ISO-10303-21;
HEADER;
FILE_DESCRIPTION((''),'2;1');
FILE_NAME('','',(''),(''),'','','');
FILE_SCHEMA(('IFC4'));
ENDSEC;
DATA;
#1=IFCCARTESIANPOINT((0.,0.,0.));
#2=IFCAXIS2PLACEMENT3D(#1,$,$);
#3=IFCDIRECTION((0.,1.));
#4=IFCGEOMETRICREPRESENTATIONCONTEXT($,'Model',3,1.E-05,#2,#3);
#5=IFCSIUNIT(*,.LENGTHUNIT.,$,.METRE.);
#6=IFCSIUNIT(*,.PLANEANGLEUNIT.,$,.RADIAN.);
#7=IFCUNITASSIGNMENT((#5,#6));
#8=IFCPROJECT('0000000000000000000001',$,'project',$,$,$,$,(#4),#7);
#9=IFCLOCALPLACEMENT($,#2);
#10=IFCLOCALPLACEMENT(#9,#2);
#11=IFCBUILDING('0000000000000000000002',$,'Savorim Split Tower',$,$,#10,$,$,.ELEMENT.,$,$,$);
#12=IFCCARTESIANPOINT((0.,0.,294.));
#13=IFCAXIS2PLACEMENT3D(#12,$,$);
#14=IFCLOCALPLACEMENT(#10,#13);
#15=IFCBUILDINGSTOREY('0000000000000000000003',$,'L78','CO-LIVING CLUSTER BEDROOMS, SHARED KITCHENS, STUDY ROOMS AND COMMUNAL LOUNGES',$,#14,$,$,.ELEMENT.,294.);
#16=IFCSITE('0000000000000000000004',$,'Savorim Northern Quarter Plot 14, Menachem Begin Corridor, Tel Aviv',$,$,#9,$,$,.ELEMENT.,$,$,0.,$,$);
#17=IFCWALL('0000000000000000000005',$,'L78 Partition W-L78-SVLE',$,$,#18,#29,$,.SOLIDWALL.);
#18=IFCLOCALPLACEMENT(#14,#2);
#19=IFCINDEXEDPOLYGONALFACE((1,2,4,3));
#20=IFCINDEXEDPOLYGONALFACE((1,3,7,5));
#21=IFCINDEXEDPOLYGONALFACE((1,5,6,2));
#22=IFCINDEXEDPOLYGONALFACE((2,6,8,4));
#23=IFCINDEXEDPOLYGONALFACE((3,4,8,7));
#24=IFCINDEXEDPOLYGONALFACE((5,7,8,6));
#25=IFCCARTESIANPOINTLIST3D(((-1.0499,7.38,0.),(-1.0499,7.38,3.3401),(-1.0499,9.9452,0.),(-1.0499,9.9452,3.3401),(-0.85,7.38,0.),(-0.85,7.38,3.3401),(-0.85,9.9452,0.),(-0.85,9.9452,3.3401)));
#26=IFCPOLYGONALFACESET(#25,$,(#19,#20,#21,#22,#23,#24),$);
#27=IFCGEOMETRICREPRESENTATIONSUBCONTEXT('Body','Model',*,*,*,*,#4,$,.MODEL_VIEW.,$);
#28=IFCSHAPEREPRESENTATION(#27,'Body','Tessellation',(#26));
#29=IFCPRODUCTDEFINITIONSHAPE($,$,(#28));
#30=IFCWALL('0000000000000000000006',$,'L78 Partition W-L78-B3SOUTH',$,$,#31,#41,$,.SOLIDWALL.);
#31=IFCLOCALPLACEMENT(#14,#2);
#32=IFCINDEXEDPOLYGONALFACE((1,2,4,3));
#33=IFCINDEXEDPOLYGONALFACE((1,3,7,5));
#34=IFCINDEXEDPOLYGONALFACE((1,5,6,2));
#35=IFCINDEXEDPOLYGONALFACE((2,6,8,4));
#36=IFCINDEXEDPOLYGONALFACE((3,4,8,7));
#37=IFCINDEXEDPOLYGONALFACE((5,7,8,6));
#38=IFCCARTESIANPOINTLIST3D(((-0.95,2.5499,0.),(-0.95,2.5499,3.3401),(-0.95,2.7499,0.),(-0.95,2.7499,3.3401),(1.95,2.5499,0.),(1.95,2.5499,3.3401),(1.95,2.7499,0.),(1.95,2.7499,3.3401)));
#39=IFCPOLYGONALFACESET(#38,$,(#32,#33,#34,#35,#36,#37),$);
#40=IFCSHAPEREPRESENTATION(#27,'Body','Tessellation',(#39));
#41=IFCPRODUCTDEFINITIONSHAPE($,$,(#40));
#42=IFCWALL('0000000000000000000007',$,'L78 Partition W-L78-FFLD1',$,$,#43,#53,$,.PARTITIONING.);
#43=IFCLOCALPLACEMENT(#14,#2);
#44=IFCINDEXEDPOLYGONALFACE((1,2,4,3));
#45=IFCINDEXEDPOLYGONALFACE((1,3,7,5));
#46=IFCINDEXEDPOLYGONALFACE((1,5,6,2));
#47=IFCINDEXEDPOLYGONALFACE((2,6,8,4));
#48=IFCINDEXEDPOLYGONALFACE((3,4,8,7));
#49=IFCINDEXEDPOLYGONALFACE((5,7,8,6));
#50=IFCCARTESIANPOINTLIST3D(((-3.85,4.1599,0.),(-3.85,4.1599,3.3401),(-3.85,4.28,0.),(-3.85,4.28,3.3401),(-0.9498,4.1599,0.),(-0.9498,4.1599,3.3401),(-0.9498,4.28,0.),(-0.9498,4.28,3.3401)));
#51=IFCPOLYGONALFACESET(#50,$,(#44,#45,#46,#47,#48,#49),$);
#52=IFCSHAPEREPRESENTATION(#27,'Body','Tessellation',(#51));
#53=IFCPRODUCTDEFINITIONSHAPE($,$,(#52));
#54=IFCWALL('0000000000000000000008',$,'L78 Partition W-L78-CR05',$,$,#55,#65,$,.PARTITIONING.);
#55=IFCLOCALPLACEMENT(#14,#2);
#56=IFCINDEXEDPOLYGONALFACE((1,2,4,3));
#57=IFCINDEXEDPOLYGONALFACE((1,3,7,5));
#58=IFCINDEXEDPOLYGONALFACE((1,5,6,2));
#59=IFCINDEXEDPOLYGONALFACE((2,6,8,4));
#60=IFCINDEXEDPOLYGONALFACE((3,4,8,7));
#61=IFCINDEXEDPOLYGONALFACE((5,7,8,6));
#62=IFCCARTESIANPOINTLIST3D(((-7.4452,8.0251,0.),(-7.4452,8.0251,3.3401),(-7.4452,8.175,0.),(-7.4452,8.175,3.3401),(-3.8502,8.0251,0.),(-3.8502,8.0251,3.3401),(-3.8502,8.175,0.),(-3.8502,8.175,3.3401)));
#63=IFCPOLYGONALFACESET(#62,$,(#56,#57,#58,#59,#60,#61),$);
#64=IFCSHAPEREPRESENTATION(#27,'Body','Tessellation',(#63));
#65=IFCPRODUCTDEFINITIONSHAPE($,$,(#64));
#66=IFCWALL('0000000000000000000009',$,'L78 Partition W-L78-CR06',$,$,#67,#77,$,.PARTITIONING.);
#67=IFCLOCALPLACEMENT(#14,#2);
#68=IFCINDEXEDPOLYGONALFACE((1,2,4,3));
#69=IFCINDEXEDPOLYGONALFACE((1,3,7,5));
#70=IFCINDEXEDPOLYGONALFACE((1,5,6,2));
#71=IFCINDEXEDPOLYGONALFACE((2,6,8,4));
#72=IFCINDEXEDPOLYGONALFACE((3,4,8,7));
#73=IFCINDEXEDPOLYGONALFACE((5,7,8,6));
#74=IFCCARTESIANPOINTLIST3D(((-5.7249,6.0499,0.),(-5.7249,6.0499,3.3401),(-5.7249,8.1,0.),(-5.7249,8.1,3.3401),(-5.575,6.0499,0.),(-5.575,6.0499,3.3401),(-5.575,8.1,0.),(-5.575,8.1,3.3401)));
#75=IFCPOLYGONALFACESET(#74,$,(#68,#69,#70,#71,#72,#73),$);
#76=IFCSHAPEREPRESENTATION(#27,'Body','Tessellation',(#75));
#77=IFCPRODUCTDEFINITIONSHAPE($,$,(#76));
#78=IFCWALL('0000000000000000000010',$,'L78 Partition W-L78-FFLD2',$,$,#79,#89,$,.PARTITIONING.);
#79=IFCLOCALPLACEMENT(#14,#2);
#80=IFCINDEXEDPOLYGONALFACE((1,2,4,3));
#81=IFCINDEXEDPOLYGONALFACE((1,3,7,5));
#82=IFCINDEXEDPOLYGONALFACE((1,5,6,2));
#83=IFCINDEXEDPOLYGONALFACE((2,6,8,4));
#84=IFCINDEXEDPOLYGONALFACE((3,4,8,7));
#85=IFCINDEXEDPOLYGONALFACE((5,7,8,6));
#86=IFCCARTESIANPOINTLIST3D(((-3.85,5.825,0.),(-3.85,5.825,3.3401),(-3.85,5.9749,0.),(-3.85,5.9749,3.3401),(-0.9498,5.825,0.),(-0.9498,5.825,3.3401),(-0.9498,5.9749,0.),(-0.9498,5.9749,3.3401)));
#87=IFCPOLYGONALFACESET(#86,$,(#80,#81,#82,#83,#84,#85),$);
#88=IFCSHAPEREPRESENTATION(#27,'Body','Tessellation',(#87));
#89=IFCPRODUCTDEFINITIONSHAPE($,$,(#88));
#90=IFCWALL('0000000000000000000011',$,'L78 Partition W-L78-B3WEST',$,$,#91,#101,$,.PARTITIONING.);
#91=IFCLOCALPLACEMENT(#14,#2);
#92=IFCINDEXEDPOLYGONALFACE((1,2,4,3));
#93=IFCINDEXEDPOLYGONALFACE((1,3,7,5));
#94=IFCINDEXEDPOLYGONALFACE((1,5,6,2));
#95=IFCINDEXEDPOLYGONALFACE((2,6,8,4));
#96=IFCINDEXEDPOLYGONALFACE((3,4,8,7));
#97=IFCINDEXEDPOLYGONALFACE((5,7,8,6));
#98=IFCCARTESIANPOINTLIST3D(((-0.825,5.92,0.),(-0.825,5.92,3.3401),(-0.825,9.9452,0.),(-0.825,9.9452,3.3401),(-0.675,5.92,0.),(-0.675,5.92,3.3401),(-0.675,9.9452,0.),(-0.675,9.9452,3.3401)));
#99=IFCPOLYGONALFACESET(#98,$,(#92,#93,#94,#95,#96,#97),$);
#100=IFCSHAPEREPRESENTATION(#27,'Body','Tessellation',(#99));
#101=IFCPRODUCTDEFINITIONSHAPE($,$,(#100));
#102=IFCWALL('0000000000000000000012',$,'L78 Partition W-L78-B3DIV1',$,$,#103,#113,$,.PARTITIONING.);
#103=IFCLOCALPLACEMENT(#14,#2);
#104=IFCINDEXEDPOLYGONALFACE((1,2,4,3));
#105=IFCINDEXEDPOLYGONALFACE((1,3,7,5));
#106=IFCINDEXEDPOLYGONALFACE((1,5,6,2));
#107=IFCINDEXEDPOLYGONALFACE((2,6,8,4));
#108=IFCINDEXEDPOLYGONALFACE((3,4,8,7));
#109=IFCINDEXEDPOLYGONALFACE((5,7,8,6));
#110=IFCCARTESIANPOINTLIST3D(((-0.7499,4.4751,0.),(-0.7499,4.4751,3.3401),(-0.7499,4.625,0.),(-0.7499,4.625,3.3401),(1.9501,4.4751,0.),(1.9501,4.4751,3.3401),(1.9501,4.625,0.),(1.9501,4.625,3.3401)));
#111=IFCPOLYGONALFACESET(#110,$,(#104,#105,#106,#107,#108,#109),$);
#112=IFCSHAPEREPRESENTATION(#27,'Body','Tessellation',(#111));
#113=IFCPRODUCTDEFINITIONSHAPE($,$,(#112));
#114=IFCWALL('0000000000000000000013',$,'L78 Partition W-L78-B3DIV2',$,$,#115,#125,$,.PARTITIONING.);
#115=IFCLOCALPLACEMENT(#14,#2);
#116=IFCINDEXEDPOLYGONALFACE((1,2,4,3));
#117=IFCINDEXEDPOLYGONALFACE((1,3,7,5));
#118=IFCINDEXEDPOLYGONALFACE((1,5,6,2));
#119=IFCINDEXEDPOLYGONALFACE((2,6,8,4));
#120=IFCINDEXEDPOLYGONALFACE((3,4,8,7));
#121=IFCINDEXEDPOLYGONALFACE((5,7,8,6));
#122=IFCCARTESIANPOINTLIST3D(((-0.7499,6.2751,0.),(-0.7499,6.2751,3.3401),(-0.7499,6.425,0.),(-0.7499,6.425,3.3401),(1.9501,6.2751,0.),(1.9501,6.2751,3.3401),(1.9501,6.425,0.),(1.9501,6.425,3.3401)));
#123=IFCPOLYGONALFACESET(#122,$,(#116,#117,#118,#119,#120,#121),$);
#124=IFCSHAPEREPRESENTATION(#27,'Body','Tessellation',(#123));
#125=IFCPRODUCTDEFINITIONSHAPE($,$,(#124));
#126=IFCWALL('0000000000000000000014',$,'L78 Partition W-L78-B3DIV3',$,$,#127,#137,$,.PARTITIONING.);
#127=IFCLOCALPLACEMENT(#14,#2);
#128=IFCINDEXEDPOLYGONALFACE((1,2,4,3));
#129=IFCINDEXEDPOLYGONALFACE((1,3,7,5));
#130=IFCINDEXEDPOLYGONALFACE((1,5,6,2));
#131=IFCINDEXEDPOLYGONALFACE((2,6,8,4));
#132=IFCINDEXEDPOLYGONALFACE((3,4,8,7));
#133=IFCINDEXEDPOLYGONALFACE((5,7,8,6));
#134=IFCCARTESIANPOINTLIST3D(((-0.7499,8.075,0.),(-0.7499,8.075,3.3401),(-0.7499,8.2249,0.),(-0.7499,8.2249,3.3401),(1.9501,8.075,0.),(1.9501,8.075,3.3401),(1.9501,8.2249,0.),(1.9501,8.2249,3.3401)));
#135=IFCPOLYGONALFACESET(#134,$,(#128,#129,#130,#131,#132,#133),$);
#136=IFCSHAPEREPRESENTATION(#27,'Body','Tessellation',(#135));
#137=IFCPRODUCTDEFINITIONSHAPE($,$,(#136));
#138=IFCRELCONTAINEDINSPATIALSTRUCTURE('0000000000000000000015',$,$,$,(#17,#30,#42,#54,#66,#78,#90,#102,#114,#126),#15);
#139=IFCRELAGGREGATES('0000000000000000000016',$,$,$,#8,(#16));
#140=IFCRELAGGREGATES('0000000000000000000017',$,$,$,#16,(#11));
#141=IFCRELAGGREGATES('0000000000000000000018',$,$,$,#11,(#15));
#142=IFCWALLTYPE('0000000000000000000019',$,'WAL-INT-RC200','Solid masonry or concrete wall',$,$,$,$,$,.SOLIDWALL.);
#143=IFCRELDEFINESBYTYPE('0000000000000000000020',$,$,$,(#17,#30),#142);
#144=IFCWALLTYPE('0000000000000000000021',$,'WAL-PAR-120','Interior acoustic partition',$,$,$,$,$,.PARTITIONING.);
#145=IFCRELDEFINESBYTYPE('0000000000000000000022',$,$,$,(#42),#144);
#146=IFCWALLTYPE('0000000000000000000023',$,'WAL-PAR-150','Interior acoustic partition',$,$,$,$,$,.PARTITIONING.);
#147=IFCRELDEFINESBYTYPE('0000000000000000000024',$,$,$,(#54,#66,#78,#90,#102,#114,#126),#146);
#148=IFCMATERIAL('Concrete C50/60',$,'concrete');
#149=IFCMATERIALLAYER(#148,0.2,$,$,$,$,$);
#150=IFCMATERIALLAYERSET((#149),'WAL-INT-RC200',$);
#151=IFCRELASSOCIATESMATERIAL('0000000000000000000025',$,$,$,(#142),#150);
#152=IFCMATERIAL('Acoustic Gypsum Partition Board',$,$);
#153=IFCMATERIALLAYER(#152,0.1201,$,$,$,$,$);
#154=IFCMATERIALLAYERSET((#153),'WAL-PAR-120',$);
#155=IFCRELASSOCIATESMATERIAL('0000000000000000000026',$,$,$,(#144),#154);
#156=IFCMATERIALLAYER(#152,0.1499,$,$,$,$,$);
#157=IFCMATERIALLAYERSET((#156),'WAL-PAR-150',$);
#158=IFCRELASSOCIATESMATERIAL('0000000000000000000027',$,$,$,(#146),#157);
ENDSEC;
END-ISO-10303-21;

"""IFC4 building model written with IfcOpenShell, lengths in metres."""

from ifc_helpers import new_model, si_unit, direction, frame, frame_2d, origin, place, context, subcontext, project, spatial, rectangle, extrude, material, layer, layer_set, type_object, element, save


model = new_model("IFC4")

# Units and contexts
model_context = context("Model", 3, precision=1e-05, world=origin(), true_north=direction((0.0, 1.0)))
body_context = subcontext(model_context, "Body", "Model", "MODEL_VIEW")
ifc_project = project(units=[si_unit("LENGTHUNIT", "METRE"), si_unit("PLANEANGLEUNIT", "RADIAN")], contexts=[model_context])

# Site, building, storey
site_placement = place(None, origin())
site = spatial("IfcSite", under=ifc_project, at=site_placement, Name="Savorim Northern Quarter Plot 14, Menachem Begin Corridor, Tel Aviv", CompositionType="ELEMENT", RefElevation=0.0)
building_placement = place(site_placement, origin())
building = spatial("IfcBuilding", under=site, at=building_placement, Name="Savorim Split Tower", CompositionType="ELEMENT")
storey_placement = place(building_placement, frame((0.0, 0.0, 294.0)))
storey = spatial("IfcBuildingStorey", under=building, at=storey_placement, Name="L78", Description="CO-LIVING CLUSTER BEDROOMS, SHARED KITCHENS, STUDY ROOMS AND COMMUNAL LOUNGES", CompositionType="ELEMENT", Elevation=294.0)

# Shared definitions
ifc_material_1 = material(Name="Concrete C50/60", Category="concrete")
ifc_layer_1 = layer(ifc_material_1, 0.2)
ifc_layer_set_1 = layer_set([ifc_layer_1], Name="WAL-INT-RC200")
wall_type_1 = type_object("IfcWallType", Name="WAL-INT-RC200", Description="Solid masonry or concrete wall", PredefinedType="SOLIDWALL", material=ifc_layer_set_1)

# Walls
wall_1_placement = place(storey_placement, frame((-0.95, 7.3799, 0.0), z_axis=(0.0, 0.0, 1.0), x_axis=(0.0, 1.0, 0.0)))
element("IfcWall", 1, at=wall_1_placement, inside=storey, type_object=wall_type_1, Name="L78 Partition W-L78-SVLE", PredefinedType="SOLIDWALL", context=body_context, shape_type="SweptSolid", body=[
    extrude(rectangle(XDim=2.5652, YDim=0.2, at=frame_2d((1.2827, 0.0))), origin(), (0.0, 0.0, 1.0), 3.3401),
])
wall_2_placement = place(storey_placement, frame((-0.95, 2.6499, 0.0), z_axis=(0.0, 0.0, 1.0), x_axis=(1.0, 0.0, 0.0)))
element("IfcWall", 2, at=wall_2_placement, inside=storey, type_object=wall_type_1, Name="L78 Partition W-L78-B3SOUTH", PredefinedType="SOLIDWALL", context=body_context, shape_type="SweptSolid", body=[
    extrude(rectangle(XDim=2.8999, YDim=0.2, at=frame_2d((1.45, 0.0))), origin(), (0.0, 0.0, 1.0), 3.3401),
])
ifc_material_2 = material(Name="Acoustic Gypsum Partition Board")
ifc_layer_2 = layer(ifc_material_2, 0.1201)
ifc_layer_set_2 = layer_set([ifc_layer_2], Name="WAL-PAR-120")
wall_type_2 = type_object("IfcWallType", Name="WAL-PAR-120", Description="Interior acoustic partition", PredefinedType="PARTITIONING", material=ifc_layer_set_2)
wall_3_placement = place(storey_placement, frame((-3.8501, 4.22, 0.0), z_axis=(0.0, 0.0, 1.0), x_axis=(1.0, 0.0, 0.0)))
element("IfcWall", 3, at=wall_3_placement, inside=storey, type_object=wall_type_2, Name="L78 Partition W-L78-FFLD1", PredefinedType="PARTITIONING", context=body_context, shape_type="SweptSolid", body=[
    extrude(rectangle(XDim=2.9001, YDim=0.1201, at=frame_2d((1.4502, 0.0))), origin(), (0.0, 0.0, 1.0), 3.3401),
])
ifc_layer_3 = layer(ifc_material_2, 0.1499)
ifc_layer_set_3 = layer_set([ifc_layer_3], Name="WAL-PAR-150")
wall_type_3 = type_object("IfcWallType", Name="WAL-PAR-150", Description="Interior acoustic partition", PredefinedType="PARTITIONING", material=ifc_layer_set_3)
wall_4_placement = place(storey_placement, frame((-7.4451, 8.1001, 0.0), z_axis=(0.0, 0.0, 1.0), x_axis=(1.0, 0.0, 0.0)))
element("IfcWall", 4, at=wall_4_placement, inside=storey, type_object=wall_type_3, Name="L78 Partition W-L78-CR05", PredefinedType="PARTITIONING", context=body_context, shape_type="SweptSolid", body=[
    extrude(rectangle(XDim=3.595, YDim=0.1499, at=frame_2d((1.7974, 0.0))), origin(), (0.0, 0.0, 1.0), 3.3401),
])
wall_5_placement = place(storey_placement, frame((-5.6499, 6.05, 0.0), z_axis=(0.0, 0.0, 1.0), x_axis=(0.0, 1.0, 0.0)))
element("IfcWall", 5, at=wall_5_placement, inside=storey, type_object=wall_type_3, Name="L78 Partition W-L78-CR06", PredefinedType="PARTITIONING", context=body_context, shape_type="SweptSolid", body=[
    extrude(rectangle(XDim=2.05, YDim=0.1499, at=frame_2d((1.0249, 0.0))), origin(), (0.0, 0.0, 1.0), 3.3401),
])
wall_6_placement = place(storey_placement, frame((-3.8501, 5.8999, 0.0), z_axis=(0.0, 0.0, 1.0), x_axis=(1.0, 0.0, 0.0)))
element("IfcWall", 6, at=wall_6_placement, inside=storey, type_object=wall_type_3, Name="L78 Partition W-L78-FFLD2", PredefinedType="PARTITIONING", context=body_context, shape_type="SweptSolid", body=[
    extrude(rectangle(XDim=2.9001, YDim=0.1499, at=frame_2d((1.4502, 0.0))), origin(), (0.0, 0.0, 1.0), 3.3401),
])
wall_7_placement = place(storey_placement, frame((-0.75, 5.9199, 0.0), z_axis=(0.0, 0.0, 1.0), x_axis=(0.0, 1.0, 0.0)))
element("IfcWall", 7, at=wall_7_placement, inside=storey, type_object=wall_type_3, Name="L78 Partition W-L78-B3WEST", PredefinedType="PARTITIONING", context=body_context, shape_type="SweptSolid", body=[
    extrude(rectangle(XDim=4.0251, YDim=0.1499, at=frame_2d((2.0127, 0.0))), origin(), (0.0, 0.0, 1.0), 3.3401),
])
for number, where, z_axis, x_axis, name in (
    (8, (-0.75, 4.55, 0.0), (0.0, 0.0, 1.0), (1.0, 0.0, 0.0), "L78 Partition W-L78-B3DIV1"),
    (9, (-0.75, 6.3501, 0.0), (0.0, 0.0, 1.0), (1.0, 0.0, 0.0), "L78 Partition W-L78-B3DIV2"),
    (10, (-0.75, 8.1499, 0.0), (0.0, 0.0, 1.0), (1.0, 0.0, 0.0), "L78 Partition W-L78-B3DIV3"),
):
    element("IfcWall", number, at=place(storey_placement, frame(where, z_axis=z_axis, x_axis=x_axis)), inside=storey, type_object=wall_type_3, Name=name, PredefinedType="PARTITIONING", context=body_context, shape_type="SweptSolid", body=[
        extrude(rectangle(XDim=2.7, YDim=0.1499, at=frame_2d((1.3501, 0.0))), origin(), (0.0, 0.0, 1.0), 3.3401),
    ])

save(model, "model.ifc")
